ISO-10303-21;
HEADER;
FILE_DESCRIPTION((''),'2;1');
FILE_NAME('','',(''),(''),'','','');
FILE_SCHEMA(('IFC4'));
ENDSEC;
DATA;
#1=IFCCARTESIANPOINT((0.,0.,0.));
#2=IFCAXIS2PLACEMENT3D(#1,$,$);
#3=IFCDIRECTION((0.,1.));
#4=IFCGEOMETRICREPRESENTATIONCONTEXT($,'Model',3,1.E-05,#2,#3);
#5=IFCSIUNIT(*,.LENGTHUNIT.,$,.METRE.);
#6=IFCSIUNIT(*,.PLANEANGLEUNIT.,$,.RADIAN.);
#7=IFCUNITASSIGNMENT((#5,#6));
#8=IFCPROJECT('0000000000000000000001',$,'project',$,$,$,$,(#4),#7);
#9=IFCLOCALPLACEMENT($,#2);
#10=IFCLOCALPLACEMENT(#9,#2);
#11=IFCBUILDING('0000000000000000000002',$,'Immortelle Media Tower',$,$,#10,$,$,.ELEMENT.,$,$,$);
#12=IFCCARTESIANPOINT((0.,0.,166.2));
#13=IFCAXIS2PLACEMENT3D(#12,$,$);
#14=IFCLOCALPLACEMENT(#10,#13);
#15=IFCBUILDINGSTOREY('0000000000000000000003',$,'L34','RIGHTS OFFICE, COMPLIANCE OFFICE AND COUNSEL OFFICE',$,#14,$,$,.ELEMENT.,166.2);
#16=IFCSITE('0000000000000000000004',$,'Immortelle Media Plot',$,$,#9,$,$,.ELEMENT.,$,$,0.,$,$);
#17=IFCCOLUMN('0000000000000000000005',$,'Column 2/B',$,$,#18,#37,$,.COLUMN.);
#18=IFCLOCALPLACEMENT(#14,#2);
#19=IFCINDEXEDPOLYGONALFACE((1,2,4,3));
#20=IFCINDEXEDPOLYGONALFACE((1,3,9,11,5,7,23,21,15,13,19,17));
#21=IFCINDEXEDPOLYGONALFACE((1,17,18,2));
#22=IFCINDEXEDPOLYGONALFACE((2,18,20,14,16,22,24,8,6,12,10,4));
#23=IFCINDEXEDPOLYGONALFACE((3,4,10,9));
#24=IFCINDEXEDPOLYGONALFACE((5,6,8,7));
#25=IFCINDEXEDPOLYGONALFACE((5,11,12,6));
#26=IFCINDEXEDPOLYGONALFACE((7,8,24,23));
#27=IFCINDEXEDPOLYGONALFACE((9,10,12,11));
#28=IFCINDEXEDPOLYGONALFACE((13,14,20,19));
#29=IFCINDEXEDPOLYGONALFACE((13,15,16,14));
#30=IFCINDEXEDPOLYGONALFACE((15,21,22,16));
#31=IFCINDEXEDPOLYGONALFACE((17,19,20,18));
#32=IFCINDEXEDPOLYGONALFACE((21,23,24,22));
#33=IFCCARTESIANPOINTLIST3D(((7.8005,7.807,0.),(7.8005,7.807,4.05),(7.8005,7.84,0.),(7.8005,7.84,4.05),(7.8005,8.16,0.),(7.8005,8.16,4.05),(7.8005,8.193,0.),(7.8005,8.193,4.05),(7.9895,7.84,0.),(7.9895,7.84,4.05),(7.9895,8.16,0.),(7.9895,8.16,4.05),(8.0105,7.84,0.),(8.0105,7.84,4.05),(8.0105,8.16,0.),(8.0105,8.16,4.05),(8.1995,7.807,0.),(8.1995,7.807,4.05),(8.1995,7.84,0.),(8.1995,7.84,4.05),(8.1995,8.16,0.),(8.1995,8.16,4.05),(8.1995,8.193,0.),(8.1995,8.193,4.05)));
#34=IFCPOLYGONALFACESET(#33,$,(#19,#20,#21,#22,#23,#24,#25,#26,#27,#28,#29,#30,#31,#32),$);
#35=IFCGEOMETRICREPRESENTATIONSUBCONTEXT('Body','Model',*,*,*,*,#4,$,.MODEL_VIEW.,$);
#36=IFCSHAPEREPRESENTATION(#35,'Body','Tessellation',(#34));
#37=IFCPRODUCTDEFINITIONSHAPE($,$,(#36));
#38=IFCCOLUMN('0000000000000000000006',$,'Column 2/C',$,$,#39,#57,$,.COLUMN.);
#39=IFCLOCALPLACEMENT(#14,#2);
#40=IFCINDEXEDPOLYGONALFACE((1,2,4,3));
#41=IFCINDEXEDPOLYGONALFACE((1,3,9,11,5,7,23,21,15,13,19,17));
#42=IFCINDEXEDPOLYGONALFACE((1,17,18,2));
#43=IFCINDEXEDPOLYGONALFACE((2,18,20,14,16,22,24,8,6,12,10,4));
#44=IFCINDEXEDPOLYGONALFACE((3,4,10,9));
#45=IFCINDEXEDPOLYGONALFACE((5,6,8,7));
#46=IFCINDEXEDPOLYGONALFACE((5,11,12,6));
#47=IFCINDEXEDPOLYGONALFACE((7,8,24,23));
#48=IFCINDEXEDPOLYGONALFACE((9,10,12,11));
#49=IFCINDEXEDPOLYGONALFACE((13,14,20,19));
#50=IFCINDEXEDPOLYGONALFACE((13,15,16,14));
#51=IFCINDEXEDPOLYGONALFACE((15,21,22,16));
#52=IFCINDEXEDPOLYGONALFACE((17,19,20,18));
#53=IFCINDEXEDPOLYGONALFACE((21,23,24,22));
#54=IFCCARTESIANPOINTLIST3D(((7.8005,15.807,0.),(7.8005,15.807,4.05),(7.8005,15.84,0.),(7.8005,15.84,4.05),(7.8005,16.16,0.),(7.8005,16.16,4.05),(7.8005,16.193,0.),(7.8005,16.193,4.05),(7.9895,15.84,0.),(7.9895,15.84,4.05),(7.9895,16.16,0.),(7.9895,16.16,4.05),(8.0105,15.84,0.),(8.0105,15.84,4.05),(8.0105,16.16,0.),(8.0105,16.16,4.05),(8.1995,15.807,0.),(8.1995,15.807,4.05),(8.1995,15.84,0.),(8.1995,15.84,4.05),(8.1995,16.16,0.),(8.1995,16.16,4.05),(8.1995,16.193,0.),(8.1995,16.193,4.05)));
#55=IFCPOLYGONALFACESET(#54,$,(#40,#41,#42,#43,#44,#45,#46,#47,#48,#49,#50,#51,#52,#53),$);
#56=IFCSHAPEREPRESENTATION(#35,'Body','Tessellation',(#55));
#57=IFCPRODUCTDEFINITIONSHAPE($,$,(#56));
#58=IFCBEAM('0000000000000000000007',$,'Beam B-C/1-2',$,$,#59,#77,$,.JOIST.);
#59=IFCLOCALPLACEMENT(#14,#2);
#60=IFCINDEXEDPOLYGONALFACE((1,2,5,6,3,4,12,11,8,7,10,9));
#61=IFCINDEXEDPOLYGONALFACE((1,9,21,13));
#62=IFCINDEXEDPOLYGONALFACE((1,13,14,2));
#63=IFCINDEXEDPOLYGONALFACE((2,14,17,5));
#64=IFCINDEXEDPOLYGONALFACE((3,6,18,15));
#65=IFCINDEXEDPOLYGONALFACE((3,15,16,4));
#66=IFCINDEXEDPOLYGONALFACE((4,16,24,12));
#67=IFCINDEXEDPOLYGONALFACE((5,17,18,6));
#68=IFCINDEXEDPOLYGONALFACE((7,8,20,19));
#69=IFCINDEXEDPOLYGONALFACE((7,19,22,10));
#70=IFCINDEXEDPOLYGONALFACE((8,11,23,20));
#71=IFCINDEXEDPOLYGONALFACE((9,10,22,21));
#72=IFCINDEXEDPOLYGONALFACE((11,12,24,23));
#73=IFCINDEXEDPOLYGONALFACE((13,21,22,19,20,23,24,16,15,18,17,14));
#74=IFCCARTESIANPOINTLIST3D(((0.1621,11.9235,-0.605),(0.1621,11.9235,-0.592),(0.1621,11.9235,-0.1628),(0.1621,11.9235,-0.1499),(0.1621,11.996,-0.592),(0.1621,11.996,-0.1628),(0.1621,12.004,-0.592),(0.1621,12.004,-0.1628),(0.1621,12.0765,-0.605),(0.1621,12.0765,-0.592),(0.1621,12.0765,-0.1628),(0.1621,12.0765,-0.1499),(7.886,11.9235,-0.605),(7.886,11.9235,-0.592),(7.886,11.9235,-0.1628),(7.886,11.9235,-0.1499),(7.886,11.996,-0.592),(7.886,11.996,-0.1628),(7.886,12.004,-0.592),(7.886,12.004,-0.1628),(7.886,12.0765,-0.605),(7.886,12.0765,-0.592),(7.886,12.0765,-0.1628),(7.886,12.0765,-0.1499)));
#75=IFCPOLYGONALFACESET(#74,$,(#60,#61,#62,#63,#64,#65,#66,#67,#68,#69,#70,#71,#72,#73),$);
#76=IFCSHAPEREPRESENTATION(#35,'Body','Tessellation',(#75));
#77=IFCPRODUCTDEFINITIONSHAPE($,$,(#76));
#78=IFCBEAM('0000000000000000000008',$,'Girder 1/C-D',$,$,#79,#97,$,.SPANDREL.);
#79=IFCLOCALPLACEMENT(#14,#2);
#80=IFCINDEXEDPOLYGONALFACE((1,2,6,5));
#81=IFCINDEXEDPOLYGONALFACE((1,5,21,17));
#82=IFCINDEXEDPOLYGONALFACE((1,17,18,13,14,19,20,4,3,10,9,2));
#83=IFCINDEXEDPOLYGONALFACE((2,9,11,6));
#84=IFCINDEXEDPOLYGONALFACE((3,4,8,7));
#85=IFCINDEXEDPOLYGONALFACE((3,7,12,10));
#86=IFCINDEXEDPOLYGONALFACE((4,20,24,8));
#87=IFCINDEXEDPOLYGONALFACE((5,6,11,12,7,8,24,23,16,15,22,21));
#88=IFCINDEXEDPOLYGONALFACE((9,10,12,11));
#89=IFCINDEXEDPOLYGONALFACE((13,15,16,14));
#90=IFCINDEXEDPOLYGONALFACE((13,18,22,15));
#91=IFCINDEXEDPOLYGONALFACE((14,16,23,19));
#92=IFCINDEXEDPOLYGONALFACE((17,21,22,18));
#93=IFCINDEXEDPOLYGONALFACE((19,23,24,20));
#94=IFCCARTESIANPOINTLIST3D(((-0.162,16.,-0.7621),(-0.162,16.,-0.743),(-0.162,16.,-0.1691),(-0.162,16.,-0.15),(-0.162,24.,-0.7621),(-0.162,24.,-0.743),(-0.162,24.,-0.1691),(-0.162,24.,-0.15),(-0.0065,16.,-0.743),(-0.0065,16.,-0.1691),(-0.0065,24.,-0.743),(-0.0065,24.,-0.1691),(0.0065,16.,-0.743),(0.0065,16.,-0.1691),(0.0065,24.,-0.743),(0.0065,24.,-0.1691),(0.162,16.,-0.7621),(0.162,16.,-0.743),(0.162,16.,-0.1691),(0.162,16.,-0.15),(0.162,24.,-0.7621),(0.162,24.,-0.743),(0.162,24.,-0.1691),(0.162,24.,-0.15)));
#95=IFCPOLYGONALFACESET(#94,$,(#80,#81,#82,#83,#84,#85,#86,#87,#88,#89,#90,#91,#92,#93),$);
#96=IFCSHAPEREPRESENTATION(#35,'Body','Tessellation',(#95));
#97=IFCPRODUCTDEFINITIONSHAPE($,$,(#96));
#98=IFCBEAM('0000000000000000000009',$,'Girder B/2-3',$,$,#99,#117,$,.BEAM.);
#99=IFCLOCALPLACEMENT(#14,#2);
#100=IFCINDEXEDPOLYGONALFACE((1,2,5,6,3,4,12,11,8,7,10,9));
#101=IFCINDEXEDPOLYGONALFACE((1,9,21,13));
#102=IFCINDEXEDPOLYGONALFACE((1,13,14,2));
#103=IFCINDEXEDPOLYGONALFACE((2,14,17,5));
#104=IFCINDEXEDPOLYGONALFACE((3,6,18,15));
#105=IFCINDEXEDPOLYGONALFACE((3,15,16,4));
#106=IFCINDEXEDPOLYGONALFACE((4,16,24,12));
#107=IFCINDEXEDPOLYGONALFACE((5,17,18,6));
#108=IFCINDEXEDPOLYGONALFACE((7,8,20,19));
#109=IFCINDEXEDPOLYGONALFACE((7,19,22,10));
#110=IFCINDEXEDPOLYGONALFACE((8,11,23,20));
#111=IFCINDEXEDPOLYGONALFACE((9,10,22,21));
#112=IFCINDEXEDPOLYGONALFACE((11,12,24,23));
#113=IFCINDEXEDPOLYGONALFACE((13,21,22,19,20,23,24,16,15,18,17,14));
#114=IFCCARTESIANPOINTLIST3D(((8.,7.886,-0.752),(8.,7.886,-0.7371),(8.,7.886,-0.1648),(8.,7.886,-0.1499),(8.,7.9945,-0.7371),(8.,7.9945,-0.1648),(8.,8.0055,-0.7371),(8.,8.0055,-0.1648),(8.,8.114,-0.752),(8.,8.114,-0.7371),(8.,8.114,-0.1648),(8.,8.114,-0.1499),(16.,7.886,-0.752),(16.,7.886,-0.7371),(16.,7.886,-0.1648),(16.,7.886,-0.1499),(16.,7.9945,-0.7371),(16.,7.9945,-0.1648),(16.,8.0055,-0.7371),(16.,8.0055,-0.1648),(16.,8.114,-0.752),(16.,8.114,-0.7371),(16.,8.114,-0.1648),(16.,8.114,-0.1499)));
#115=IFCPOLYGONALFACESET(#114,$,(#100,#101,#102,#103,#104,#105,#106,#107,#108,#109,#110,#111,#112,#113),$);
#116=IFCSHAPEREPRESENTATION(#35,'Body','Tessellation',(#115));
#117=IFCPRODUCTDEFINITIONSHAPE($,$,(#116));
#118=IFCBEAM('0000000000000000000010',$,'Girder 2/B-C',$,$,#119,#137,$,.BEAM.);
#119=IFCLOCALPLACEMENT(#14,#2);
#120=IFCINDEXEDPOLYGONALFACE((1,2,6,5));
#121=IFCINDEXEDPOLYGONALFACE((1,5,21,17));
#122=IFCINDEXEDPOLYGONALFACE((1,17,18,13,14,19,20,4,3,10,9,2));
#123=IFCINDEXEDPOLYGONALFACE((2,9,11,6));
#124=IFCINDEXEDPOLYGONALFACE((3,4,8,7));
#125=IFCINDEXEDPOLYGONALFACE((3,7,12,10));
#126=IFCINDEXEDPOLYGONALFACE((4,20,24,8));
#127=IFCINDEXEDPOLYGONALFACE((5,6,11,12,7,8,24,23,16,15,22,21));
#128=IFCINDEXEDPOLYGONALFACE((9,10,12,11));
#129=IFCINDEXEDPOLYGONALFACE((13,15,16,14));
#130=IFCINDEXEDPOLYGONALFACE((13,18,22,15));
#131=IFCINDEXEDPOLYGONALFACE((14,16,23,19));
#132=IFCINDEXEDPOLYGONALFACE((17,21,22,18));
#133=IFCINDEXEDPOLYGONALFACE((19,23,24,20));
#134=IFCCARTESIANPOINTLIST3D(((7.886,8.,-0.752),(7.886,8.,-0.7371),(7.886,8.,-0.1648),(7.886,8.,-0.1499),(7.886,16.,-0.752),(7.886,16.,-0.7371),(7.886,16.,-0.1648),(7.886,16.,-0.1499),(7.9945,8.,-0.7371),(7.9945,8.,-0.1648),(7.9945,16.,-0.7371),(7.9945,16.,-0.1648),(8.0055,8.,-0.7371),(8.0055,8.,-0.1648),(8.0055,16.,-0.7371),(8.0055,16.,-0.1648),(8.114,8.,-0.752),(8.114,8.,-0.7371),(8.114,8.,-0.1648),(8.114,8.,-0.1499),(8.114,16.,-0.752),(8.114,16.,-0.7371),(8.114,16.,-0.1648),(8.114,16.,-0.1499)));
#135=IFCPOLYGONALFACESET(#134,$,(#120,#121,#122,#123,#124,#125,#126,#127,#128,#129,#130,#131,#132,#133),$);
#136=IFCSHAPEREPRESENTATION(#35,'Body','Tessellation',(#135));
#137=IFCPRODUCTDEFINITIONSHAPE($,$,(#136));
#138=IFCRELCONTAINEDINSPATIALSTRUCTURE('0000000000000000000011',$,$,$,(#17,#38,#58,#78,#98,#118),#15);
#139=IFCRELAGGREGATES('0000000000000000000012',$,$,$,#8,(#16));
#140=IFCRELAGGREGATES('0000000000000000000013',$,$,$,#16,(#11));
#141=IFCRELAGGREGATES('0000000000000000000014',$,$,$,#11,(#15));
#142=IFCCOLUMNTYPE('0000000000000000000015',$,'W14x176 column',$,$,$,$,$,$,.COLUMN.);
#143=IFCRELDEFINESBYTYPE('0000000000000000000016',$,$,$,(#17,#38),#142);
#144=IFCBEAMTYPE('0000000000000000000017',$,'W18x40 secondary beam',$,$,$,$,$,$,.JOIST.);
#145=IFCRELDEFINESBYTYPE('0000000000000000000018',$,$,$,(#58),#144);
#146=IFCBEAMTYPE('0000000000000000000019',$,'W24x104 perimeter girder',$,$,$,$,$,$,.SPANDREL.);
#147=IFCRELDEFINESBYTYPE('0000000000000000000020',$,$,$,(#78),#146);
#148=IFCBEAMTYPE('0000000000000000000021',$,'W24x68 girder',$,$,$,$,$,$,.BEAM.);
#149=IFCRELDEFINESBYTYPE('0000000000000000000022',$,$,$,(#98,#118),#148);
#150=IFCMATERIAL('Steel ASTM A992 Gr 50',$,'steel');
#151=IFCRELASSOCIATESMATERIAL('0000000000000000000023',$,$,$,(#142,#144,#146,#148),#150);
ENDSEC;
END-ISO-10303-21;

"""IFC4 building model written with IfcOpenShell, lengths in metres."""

from ifc_helpers import new_model, si_unit, direction, frame, origin, origin_2d, place, context, subcontext, project, spatial, i_section, extrude, material, material_profile, profile_set, type_object, element, save


model = new_model("IFC4")

# Units and contexts
model_context = context("Model", 3, precision=1e-05, world=origin(), true_north=direction((0.0, 1.0)))
body_context = subcontext(model_context, "Body", "Model", "MODEL_VIEW")
ifc_project = project(units=[si_unit("LENGTHUNIT", "METRE"), si_unit("PLANEANGLEUNIT", "RADIAN")], contexts=[model_context])

# Site, building, storey
site_placement = place(None, origin())
site = spatial("IfcSite", under=ifc_project, at=site_placement, Name="Immortelle Media Plot", CompositionType="ELEMENT", RefElevation=0.0)
building_placement = place(site_placement, origin())
building = spatial("IfcBuilding", under=site, at=building_placement, Name="Immortelle Media Tower", CompositionType="ELEMENT")
storey_placement = place(building_placement, frame((0.0, 0.0, 166.2)))
storey = spatial("IfcBuildingStorey", under=building, at=storey_placement, Name="L34", Description="RIGHTS OFFICE, COMPLIANCE OFFICE AND COUNSEL OFFICE", CompositionType="ELEMENT", Elevation=166.2)

# Columns
ifc_material_1 = material(Name="Steel ASTM A992 Gr 50", Category="steel")
ifc_material_profile_1 = material_profile(ifc_material_1, i_section(OverallWidth=0.3989, OverallDepth=0.386, WebThickness=0.021, FlangeThickness=0.033, at=origin_2d()), Name="W14x176")
ifc_profile_set_1 = profile_set([ifc_material_profile_1], Name="Steel ASTM A992 Gr 50")
column_type = type_object("IfcColumnType", Name="W14x176 column", PredefinedType="COLUMN", material=ifc_profile_set_1)
for number, where, z_axis, x_axis, name in (
    (1, (8.0, 8.0, 0.0), (0.0, 0.0, 1.0), (1.0, 0.0, 0.0), "Column 2/B"),
    (2, (8.0, 16.0, 0.0), (0.0, 0.0, 1.0), (1.0, 0.0, 0.0), "Column 2/C"),
):
    element("IfcColumn", number, at=place(storey_placement, frame(where, z_axis=z_axis, x_axis=x_axis)), inside=storey, type_object=column_type, Name=name, PredefinedType="COLUMN", context=body_context, shape_type="SweptSolid", body=[
        extrude(i_section(OverallWidth=0.3989, OverallDepth=0.386, WebThickness=0.021, FlangeThickness=0.033, at=origin_2d()), origin(), (0.0, 0.0, 1.0), 4.05),
    ])

# Beams
ifc_material_profile_2 = material_profile(ifc_material_1, i_section(OverallWidth=0.1531, OverallDepth=0.4551, WebThickness=0.0081, FlangeThickness=0.0129, at=origin_2d()), Name="W18x40")
ifc_profile_set_2 = profile_set([ifc_material_profile_2], Name="Steel ASTM A992 Gr 50")
beam_type_1 = type_object("IfcBeamType", Name="W18x40 secondary beam", PredefinedType="JOIST", material=ifc_profile_set_2)
beam_1_placement = place(storey_placement, frame((0.1621, 12.0, -0.3774), z_axis=(1.0, 0.0, 0.0), x_axis=(0.0, 1.0, 0.0)))
element("IfcBeam", 3, at=beam_1_placement, inside=storey, type_object=beam_type_1, Name="Beam B-C/1-2", PredefinedType="JOIST", context=body_context, shape_type="SweptSolid", body=[
    extrude(i_section(OverallWidth=0.1531, OverallDepth=0.4551, WebThickness=0.0081, FlangeThickness=0.0129, at=origin_2d()), origin(), (0.0, 0.0, 1.0), 7.7239),
])
ifc_material_profile_3 = material_profile(ifc_material_1, i_section(OverallWidth=0.324, OverallDepth=0.6121, WebThickness=0.0129, FlangeThickness=0.019, at=origin_2d()), Name="W24x104")
ifc_profile_set_3 = profile_set([ifc_material_profile_3], Name="Steel ASTM A992 Gr 50")
beam_type_2 = type_object("IfcBeamType", Name="W24x104 perimeter girder", PredefinedType="SPANDREL", material=ifc_profile_set_3)
beam_2_placement = place(storey_placement, frame((0.0, 16.0, -0.4561), z_axis=(0.0, 1.0, 0.0), x_axis=(-1.0, 0.0, 0.0)))
element("IfcBeam", 4, at=beam_2_placement, inside=storey, type_object=beam_type_2, Name="Girder 1/C-D", PredefinedType="SPANDREL", context=body_context, shape_type="SweptSolid", body=[
    extrude(i_section(OverallWidth=0.324, OverallDepth=0.6121, WebThickness=0.0129, FlangeThickness=0.019, at=origin_2d()), origin(), (0.0, 0.0, 1.0), 8.0),
])
ifc_material_profile_4 = material_profile(ifc_material_1, i_section(OverallWidth=0.228, OverallDepth=0.6021, WebThickness=0.011, FlangeThickness=0.0149, at=origin_2d()), Name="W24x68")
ifc_profile_set_4 = profile_set([ifc_material_profile_4], Name="Steel ASTM A992 Gr 50")
beam_type_3 = type_object("IfcBeamType", Name="W24x68 girder", PredefinedType="BEAM", material=ifc_profile_set_4)
for number, where, z_axis, x_axis, name in (
    (5, (8.0, 8.0, -0.4509), (1.0, 0.0, 0.0), (0.0, 1.0, 0.0), "Girder B/2-3"),
    (6, (8.0, 8.0, -0.4509), (0.0, 1.0, 0.0), (-1.0, 0.0, 0.0), "Girder 2/B-C"),
):
    element("IfcBeam", number, at=place(storey_placement, frame(where, z_axis=z_axis, x_axis=x_axis)), inside=storey, type_object=beam_type_3, Name=name, PredefinedType="BEAM", context=body_context, shape_type="SweptSolid", body=[
        extrude(i_section(OverallWidth=0.228, OverallDepth=0.6021, WebThickness=0.011, FlangeThickness=0.0149, at=origin_2d()), origin(), (0.0, 0.0, 1.0), 8.0),
    ])

save(model, "model.ifc")
